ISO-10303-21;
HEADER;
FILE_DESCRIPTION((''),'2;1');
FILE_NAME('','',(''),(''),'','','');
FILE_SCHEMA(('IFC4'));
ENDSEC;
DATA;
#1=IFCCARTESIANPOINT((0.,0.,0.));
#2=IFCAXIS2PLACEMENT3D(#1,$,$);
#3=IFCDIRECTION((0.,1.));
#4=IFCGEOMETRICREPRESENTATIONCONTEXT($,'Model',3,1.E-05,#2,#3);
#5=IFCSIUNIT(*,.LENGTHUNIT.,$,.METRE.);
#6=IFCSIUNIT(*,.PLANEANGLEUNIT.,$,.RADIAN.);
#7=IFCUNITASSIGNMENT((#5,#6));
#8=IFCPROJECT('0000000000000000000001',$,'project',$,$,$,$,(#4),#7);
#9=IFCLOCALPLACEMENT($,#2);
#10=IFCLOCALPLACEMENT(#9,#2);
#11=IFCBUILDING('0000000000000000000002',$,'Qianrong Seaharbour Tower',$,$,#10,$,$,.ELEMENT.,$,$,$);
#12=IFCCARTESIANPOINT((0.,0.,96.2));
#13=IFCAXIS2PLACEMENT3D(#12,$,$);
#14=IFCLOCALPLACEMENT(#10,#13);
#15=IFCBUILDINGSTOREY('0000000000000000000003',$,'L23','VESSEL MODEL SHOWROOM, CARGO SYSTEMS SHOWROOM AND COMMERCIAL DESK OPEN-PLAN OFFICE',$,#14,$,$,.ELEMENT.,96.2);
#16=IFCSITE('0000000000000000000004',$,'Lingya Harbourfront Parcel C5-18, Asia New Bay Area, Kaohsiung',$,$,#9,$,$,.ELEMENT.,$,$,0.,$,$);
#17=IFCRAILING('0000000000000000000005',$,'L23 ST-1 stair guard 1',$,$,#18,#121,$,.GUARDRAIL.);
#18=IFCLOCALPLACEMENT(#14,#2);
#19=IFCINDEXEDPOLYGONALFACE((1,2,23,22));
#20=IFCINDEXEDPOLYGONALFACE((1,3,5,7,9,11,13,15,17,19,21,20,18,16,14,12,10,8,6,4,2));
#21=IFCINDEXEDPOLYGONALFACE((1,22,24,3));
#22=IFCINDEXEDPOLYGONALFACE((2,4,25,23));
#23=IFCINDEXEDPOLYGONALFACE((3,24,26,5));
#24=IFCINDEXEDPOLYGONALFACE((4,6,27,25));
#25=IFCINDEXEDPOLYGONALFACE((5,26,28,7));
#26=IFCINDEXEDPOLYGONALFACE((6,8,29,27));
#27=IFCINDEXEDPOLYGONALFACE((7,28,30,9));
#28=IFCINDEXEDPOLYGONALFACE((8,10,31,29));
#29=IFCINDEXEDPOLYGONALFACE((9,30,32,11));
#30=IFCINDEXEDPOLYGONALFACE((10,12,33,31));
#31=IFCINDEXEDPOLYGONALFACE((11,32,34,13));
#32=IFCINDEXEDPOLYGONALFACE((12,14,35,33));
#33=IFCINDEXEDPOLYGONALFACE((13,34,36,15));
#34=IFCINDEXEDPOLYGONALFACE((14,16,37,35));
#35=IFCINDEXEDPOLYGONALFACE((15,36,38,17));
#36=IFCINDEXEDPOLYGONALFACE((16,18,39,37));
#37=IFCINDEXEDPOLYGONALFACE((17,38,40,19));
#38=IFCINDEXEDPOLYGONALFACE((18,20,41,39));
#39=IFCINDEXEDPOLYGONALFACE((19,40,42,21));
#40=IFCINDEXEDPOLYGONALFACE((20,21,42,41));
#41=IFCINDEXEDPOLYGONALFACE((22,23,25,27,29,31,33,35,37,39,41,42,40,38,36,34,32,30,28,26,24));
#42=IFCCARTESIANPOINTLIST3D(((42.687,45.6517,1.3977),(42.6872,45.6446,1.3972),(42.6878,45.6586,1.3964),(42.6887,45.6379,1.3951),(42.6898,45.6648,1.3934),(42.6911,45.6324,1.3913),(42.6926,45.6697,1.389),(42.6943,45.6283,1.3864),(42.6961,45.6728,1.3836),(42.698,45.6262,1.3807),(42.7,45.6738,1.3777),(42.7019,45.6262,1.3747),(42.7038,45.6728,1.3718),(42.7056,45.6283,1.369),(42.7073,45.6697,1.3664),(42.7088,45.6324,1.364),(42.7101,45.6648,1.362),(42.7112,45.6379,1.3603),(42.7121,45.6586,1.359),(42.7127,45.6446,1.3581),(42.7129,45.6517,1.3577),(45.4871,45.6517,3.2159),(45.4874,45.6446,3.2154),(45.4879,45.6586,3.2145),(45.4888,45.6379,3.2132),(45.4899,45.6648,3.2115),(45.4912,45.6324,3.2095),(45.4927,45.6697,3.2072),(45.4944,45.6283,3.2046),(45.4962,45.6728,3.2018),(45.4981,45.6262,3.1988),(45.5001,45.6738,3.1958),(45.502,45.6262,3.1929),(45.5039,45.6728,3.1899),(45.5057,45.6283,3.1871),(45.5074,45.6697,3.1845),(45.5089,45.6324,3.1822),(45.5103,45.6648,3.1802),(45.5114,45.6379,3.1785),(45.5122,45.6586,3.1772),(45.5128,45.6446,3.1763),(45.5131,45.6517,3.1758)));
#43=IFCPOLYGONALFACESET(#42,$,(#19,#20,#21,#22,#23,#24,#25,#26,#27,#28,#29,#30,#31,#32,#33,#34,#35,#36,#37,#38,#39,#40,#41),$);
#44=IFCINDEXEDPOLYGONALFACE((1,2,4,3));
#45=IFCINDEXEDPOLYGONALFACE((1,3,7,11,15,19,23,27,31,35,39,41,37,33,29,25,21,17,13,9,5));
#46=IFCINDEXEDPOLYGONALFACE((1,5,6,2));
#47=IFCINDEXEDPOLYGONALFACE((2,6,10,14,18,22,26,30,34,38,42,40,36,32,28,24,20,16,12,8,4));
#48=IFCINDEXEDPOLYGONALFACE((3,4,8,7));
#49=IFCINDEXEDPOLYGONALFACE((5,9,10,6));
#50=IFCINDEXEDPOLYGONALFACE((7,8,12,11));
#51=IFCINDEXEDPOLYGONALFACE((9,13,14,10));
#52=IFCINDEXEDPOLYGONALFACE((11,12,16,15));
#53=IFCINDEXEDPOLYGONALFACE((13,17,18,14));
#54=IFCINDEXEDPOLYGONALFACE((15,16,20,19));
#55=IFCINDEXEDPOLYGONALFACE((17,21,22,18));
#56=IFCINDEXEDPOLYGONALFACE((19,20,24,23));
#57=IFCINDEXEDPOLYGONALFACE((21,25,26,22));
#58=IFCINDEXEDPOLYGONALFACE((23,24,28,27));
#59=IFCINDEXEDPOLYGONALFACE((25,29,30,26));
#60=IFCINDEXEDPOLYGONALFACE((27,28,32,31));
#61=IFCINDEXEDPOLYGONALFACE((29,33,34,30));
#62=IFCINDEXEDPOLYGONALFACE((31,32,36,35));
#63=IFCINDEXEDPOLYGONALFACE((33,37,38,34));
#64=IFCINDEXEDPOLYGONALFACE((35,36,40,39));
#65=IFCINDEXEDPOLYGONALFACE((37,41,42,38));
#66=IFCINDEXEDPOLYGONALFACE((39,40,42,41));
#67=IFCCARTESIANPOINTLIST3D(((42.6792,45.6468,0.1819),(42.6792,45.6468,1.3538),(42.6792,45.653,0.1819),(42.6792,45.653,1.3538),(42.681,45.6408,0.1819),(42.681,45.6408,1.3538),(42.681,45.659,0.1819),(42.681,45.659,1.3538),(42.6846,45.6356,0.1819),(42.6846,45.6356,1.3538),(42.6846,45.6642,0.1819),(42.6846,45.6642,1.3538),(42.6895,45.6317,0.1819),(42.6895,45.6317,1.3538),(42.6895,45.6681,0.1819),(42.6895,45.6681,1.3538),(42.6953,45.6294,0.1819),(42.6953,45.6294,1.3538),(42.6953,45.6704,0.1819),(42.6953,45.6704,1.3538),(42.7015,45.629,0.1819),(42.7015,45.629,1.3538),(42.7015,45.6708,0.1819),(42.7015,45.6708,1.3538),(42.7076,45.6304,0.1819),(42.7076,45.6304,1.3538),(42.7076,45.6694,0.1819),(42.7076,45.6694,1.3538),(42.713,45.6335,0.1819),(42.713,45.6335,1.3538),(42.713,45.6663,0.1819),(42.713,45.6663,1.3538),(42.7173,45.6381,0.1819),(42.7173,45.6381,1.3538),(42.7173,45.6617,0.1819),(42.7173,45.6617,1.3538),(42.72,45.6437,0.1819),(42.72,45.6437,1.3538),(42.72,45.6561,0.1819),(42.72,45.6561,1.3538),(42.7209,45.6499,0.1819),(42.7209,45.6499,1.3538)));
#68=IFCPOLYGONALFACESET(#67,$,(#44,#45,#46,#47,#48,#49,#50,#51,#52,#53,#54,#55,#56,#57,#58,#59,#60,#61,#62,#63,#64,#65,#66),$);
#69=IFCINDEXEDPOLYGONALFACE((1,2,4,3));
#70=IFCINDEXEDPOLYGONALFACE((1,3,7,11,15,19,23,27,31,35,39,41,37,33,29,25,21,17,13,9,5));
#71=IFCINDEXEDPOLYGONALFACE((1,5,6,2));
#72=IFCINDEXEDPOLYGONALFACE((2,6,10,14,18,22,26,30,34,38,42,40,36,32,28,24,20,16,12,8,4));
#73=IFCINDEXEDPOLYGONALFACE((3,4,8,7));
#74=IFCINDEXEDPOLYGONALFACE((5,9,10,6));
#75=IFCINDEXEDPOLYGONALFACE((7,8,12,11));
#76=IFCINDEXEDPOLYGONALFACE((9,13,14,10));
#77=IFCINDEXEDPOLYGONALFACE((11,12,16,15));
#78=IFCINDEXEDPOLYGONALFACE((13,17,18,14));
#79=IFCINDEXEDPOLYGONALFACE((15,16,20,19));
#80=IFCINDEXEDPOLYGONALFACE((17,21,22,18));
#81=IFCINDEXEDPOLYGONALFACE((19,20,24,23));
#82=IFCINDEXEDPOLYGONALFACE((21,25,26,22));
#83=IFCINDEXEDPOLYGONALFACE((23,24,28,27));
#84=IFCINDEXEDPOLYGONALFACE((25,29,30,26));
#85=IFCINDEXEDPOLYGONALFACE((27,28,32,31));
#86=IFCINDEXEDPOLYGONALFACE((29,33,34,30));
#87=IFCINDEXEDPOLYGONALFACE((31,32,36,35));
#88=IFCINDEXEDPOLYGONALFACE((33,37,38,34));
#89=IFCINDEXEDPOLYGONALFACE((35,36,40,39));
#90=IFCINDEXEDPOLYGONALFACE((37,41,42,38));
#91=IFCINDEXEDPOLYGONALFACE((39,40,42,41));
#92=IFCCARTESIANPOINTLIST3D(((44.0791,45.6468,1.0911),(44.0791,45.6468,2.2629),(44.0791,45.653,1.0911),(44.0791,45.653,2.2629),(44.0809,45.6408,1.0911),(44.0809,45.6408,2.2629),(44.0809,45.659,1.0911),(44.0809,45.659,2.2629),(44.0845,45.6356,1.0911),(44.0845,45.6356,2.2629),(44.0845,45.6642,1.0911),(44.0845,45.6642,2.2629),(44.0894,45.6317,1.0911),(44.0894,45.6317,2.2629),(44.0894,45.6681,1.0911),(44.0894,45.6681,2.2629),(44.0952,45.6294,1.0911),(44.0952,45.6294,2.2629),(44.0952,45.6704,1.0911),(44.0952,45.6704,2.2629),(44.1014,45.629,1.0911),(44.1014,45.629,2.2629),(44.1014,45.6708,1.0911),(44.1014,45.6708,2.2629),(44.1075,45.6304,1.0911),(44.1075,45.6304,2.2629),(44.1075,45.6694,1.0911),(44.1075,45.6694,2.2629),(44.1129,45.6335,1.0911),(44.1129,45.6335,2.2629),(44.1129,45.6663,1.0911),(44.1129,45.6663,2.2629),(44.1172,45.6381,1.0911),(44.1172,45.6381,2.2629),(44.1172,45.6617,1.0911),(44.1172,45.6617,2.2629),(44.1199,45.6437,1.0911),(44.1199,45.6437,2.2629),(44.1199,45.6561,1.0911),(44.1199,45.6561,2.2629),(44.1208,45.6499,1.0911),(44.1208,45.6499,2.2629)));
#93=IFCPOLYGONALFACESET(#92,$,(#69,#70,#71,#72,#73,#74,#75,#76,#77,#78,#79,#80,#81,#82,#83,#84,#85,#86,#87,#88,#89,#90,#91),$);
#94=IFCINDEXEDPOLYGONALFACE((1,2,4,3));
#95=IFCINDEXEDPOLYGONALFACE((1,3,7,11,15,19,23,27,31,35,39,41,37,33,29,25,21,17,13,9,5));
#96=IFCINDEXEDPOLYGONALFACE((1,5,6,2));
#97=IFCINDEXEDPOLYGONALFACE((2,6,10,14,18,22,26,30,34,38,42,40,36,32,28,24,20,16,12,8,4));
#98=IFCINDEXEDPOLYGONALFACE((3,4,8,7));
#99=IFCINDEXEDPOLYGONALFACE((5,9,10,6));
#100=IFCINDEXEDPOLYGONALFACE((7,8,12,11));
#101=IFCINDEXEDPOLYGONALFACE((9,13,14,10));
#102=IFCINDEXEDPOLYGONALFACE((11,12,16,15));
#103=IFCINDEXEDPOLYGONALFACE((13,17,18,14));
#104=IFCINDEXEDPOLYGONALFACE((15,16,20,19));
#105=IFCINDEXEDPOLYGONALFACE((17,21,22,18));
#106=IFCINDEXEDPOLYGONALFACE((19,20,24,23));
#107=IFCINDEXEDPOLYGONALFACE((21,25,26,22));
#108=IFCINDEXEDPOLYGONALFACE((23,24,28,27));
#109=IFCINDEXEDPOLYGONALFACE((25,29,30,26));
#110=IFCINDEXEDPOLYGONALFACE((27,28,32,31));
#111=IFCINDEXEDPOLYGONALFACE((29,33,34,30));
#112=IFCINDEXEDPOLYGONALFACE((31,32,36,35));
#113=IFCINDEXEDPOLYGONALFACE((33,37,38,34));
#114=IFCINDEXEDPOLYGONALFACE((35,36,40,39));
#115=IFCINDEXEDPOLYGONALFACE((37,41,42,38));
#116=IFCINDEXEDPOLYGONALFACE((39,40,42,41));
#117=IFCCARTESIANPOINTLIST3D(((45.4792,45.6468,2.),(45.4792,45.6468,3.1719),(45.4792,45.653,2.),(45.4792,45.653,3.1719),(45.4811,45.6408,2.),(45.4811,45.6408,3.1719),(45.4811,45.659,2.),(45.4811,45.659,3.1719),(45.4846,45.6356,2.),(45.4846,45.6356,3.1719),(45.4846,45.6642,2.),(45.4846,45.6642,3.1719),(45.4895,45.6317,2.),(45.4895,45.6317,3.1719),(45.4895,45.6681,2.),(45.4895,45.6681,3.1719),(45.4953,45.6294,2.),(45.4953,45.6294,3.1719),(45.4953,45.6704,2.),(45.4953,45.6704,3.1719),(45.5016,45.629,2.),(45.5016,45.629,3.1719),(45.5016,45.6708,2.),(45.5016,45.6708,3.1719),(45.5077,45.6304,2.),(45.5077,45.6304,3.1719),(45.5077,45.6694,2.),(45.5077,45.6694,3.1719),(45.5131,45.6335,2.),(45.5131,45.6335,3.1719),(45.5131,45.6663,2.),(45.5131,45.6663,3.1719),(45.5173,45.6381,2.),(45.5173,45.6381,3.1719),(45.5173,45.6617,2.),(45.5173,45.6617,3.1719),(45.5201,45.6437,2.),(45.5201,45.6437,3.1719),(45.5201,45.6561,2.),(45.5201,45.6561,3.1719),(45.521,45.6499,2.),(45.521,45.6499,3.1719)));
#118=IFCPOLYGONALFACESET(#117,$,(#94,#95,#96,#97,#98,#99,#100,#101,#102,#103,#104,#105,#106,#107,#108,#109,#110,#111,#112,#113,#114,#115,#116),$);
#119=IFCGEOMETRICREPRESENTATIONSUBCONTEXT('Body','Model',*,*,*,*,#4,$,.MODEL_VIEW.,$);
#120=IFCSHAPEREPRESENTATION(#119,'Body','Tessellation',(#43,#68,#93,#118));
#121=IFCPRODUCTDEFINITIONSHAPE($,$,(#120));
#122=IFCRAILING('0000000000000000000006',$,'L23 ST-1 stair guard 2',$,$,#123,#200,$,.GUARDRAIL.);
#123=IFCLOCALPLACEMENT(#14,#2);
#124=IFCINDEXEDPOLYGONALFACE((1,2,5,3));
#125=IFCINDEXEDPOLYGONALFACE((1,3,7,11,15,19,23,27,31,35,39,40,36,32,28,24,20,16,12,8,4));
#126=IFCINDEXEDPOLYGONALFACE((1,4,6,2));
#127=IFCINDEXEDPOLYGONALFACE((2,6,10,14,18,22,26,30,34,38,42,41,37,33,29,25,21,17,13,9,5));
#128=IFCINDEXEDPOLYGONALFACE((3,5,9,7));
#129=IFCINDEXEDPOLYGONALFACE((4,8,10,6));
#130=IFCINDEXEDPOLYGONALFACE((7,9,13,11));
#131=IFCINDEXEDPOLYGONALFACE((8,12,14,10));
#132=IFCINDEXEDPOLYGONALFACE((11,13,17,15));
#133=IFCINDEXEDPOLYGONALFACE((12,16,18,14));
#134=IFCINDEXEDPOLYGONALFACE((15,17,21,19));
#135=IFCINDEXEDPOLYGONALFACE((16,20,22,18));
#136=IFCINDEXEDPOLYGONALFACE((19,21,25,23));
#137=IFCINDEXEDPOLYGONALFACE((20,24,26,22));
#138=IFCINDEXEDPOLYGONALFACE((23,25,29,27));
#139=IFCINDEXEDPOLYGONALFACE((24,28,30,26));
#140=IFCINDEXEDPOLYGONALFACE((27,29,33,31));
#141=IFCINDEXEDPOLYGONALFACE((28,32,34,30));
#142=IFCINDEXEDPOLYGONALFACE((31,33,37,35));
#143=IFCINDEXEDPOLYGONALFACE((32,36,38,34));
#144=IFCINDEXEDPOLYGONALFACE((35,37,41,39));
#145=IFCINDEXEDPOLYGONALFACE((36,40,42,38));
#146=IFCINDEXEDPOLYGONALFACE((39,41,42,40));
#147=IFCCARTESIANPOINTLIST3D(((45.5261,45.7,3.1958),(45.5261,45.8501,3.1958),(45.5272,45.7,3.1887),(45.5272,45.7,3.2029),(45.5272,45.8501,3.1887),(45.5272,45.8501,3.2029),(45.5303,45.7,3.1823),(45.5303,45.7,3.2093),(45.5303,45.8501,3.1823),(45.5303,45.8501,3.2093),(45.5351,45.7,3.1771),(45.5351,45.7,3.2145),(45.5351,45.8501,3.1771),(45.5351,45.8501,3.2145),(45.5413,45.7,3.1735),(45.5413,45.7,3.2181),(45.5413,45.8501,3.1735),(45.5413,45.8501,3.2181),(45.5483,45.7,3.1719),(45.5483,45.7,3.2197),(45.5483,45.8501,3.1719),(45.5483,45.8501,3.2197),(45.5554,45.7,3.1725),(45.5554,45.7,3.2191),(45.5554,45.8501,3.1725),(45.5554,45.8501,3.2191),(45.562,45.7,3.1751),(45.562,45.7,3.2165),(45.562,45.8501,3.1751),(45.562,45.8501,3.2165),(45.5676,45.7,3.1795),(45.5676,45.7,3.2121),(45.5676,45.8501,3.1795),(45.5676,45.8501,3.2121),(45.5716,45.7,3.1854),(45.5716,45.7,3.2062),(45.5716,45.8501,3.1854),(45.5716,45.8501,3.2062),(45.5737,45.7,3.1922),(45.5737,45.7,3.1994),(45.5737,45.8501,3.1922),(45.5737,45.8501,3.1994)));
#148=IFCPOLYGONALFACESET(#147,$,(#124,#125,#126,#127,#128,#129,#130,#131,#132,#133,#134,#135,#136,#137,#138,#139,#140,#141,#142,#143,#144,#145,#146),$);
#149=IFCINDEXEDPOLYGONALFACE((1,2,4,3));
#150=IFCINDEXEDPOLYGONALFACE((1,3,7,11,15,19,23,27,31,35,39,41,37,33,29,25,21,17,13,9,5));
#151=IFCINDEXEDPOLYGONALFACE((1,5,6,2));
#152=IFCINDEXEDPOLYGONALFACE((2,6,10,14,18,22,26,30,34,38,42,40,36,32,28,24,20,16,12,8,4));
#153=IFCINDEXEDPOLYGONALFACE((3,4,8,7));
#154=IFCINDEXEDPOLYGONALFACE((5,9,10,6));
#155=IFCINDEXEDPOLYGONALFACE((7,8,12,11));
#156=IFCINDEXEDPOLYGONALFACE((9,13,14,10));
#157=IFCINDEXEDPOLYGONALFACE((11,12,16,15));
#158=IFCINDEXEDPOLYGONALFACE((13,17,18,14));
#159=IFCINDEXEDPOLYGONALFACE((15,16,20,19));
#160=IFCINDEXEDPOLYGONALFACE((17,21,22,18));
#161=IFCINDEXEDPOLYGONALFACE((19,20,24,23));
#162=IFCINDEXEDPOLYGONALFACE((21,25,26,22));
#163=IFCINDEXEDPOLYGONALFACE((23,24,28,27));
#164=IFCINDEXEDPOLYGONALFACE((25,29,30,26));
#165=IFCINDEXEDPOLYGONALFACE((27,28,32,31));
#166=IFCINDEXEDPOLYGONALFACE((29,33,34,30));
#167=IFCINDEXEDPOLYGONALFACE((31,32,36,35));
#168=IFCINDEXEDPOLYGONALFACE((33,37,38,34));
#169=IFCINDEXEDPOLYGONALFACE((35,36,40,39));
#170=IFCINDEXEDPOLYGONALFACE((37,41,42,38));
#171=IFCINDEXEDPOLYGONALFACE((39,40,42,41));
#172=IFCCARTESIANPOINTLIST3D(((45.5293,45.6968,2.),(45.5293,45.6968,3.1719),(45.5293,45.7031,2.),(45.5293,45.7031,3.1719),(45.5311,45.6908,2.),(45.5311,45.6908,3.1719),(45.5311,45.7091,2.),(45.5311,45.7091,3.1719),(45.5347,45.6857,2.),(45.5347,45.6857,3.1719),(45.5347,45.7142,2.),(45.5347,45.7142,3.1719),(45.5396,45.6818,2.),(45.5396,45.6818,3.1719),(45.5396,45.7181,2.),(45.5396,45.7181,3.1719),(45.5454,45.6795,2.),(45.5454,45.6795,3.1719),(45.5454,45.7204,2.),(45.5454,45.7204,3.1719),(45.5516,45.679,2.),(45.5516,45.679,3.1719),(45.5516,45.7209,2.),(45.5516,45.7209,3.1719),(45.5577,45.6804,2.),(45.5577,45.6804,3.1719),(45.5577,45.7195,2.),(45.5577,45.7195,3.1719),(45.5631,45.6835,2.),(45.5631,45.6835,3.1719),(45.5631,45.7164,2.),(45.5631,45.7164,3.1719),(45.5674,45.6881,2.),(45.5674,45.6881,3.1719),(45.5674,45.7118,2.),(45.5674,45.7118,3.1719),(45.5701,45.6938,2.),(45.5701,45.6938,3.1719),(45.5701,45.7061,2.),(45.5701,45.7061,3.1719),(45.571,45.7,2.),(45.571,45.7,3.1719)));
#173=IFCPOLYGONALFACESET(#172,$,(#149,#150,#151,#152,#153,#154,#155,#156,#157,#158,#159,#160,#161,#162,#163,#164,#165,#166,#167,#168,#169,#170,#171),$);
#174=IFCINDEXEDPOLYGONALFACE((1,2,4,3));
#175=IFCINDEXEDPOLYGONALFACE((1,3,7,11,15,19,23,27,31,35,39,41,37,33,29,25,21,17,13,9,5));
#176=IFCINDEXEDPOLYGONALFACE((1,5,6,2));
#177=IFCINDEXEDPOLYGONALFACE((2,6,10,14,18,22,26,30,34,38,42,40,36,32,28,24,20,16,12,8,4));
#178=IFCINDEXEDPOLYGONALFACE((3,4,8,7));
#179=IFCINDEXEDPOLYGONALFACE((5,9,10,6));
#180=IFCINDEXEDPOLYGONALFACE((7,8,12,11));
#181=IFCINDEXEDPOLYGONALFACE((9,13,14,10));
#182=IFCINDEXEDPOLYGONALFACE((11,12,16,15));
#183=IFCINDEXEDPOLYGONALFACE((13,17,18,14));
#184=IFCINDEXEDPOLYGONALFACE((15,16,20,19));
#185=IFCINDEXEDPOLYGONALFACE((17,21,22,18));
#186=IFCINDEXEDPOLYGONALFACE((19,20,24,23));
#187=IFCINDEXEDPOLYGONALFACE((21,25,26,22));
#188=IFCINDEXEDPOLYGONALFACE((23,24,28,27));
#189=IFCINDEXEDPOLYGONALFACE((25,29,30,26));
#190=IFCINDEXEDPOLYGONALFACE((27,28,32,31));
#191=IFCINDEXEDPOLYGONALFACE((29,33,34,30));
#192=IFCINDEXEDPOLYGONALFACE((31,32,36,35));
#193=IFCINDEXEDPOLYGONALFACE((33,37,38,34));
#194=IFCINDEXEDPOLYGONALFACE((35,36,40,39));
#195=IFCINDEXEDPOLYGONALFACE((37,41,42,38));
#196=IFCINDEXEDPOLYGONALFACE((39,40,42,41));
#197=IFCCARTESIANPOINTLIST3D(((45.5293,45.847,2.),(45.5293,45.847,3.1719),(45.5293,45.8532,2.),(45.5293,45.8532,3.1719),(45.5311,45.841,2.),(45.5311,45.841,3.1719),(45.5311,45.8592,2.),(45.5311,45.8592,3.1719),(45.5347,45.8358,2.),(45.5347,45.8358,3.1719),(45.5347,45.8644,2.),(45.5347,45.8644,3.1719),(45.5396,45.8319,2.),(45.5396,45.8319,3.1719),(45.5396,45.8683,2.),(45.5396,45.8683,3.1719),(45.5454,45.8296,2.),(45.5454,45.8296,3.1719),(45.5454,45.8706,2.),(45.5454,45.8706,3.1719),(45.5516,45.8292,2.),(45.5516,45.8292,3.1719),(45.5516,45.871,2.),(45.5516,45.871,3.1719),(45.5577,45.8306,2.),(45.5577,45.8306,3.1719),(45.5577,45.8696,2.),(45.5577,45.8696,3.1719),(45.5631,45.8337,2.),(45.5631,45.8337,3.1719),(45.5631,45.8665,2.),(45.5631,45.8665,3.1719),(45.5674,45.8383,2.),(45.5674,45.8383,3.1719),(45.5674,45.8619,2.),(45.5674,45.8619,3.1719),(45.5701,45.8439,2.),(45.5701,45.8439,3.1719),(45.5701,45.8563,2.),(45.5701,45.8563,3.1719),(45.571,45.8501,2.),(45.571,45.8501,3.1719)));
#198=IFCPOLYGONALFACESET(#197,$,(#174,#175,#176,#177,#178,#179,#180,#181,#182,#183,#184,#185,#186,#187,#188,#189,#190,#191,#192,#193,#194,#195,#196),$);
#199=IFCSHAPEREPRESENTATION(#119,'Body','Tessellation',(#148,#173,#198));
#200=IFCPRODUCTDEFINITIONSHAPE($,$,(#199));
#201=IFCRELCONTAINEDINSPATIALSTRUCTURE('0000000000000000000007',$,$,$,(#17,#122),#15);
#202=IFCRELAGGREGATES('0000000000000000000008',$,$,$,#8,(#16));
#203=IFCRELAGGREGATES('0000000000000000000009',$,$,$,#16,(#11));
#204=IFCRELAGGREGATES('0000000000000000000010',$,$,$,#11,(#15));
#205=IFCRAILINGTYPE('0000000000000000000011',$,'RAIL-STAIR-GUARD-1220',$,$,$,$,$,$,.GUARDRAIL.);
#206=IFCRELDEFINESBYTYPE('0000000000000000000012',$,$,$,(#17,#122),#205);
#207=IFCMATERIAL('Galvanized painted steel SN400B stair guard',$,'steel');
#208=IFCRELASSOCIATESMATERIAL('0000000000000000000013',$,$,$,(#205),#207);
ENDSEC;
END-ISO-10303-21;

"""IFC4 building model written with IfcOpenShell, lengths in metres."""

from ifc_helpers import new_model, si_unit, direction, frame, origin, origin_2d, place, context, subcontext, project, spatial, circle, extrude, material, type_object, element, save


model = new_model("IFC4")

# Units and contexts
model_context = context("Model", 3, precision=1e-05, world=origin(), true_north=direction((0.0, 1.0)))
body_context = subcontext(model_context, "Body", "Model", "MODEL_VIEW")
ifc_project = project(units=[si_unit("LENGTHUNIT", "METRE"), si_unit("PLANEANGLEUNIT", "RADIAN")], contexts=[model_context])

# Site, building, storey
site_placement = place(None, origin())
site = spatial("IfcSite", under=ifc_project, at=site_placement, Name="Lingya Harbourfront Parcel C5-18, Asia New Bay Area, Kaohsiung", CompositionType="ELEMENT", RefElevation=0.0)
building_placement = place(site_placement, origin())
building = spatial("IfcBuilding", under=site, at=building_placement, Name="Qianrong Seaharbour Tower", CompositionType="ELEMENT")
storey_placement = place(building_placement, frame((0.0, 0.0, 96.2)))
storey = spatial("IfcBuildingStorey", under=building, at=storey_placement, Name="L23", Description="VESSEL MODEL SHOWROOM, CARGO SYSTEMS SHOWROOM AND COMMERCIAL DESK OPEN-PLAN OFFICE", CompositionType="ELEMENT", Elevation=96.2)

# Railings
ifc_material_1 = material(Name="Galvanized painted steel SN400B stair guard", Category="steel")
railing_type_1 = type_object("IfcRailingType", Name="RAIL-STAIR-GUARD-1220", PredefinedType="GUARDRAIL", material=ifc_material_1)
railing_1_placement = place(storey_placement, frame((42.7, 45.6499, 0.1819)))
element("IfcRailing", 1, at=railing_1_placement, inside=storey, type_object=railing_type_1, Name="L23 ST-1 stair guard 1", PredefinedType="GUARDRAIL", context=body_context, shape_type="SweptSolid", body=[
    extrude(circle(Radius=0.0239, at=origin_2d()), frame((0.0, 0.0, 1.1958), z_axis=(0.838706, 0.0, 0.544585), x_axis=(0.0, 1.0, 0.0)), (0.0, 0.0, 1.0), 3.3386),
    extrude(circle(Radius=0.021, at=origin_2d()), origin(), (0.0, 0.0, 1.0), 1.1719),
    extrude(circle(Radius=0.021, at=origin_2d()), frame((1.3999, 0.0, 0.9092)), (0.0, 0.0, 1.0), 1.1719),
    extrude(circle(Radius=0.021, at=origin_2d()), frame((2.8, 0.0, 1.8181)), (0.0, 0.0, 1.0), 1.1719),
])
railing_2_placement = place(storey_placement, frame((45.55, 45.7, 2.0)))
element("IfcRailing", 2, at=railing_2_placement, inside=storey, type_object=railing_type_1, Name="L23 ST-1 stair guard 2", PredefinedType="GUARDRAIL", context=body_context, shape_type="SweptSolid", body=[
    extrude(circle(Radius=0.0239, at=origin_2d()), frame((0.0, 0.0, 1.1958), z_axis=(0.0, 1.0, 0.0), x_axis=(-1.0, 0.0, 0.0)), (0.0, 0.0, 1.0), 0.1501),
    extrude(circle(Radius=0.021, at=origin_2d()), origin(), (0.0, 0.0, 1.0), 1.1719),
    extrude(circle(Radius=0.021, at=origin_2d()), frame((0.0, 0.1501, 0.0)), (0.0, 0.0, 1.0), 1.1719),
])

save(model, "model.ifc")
